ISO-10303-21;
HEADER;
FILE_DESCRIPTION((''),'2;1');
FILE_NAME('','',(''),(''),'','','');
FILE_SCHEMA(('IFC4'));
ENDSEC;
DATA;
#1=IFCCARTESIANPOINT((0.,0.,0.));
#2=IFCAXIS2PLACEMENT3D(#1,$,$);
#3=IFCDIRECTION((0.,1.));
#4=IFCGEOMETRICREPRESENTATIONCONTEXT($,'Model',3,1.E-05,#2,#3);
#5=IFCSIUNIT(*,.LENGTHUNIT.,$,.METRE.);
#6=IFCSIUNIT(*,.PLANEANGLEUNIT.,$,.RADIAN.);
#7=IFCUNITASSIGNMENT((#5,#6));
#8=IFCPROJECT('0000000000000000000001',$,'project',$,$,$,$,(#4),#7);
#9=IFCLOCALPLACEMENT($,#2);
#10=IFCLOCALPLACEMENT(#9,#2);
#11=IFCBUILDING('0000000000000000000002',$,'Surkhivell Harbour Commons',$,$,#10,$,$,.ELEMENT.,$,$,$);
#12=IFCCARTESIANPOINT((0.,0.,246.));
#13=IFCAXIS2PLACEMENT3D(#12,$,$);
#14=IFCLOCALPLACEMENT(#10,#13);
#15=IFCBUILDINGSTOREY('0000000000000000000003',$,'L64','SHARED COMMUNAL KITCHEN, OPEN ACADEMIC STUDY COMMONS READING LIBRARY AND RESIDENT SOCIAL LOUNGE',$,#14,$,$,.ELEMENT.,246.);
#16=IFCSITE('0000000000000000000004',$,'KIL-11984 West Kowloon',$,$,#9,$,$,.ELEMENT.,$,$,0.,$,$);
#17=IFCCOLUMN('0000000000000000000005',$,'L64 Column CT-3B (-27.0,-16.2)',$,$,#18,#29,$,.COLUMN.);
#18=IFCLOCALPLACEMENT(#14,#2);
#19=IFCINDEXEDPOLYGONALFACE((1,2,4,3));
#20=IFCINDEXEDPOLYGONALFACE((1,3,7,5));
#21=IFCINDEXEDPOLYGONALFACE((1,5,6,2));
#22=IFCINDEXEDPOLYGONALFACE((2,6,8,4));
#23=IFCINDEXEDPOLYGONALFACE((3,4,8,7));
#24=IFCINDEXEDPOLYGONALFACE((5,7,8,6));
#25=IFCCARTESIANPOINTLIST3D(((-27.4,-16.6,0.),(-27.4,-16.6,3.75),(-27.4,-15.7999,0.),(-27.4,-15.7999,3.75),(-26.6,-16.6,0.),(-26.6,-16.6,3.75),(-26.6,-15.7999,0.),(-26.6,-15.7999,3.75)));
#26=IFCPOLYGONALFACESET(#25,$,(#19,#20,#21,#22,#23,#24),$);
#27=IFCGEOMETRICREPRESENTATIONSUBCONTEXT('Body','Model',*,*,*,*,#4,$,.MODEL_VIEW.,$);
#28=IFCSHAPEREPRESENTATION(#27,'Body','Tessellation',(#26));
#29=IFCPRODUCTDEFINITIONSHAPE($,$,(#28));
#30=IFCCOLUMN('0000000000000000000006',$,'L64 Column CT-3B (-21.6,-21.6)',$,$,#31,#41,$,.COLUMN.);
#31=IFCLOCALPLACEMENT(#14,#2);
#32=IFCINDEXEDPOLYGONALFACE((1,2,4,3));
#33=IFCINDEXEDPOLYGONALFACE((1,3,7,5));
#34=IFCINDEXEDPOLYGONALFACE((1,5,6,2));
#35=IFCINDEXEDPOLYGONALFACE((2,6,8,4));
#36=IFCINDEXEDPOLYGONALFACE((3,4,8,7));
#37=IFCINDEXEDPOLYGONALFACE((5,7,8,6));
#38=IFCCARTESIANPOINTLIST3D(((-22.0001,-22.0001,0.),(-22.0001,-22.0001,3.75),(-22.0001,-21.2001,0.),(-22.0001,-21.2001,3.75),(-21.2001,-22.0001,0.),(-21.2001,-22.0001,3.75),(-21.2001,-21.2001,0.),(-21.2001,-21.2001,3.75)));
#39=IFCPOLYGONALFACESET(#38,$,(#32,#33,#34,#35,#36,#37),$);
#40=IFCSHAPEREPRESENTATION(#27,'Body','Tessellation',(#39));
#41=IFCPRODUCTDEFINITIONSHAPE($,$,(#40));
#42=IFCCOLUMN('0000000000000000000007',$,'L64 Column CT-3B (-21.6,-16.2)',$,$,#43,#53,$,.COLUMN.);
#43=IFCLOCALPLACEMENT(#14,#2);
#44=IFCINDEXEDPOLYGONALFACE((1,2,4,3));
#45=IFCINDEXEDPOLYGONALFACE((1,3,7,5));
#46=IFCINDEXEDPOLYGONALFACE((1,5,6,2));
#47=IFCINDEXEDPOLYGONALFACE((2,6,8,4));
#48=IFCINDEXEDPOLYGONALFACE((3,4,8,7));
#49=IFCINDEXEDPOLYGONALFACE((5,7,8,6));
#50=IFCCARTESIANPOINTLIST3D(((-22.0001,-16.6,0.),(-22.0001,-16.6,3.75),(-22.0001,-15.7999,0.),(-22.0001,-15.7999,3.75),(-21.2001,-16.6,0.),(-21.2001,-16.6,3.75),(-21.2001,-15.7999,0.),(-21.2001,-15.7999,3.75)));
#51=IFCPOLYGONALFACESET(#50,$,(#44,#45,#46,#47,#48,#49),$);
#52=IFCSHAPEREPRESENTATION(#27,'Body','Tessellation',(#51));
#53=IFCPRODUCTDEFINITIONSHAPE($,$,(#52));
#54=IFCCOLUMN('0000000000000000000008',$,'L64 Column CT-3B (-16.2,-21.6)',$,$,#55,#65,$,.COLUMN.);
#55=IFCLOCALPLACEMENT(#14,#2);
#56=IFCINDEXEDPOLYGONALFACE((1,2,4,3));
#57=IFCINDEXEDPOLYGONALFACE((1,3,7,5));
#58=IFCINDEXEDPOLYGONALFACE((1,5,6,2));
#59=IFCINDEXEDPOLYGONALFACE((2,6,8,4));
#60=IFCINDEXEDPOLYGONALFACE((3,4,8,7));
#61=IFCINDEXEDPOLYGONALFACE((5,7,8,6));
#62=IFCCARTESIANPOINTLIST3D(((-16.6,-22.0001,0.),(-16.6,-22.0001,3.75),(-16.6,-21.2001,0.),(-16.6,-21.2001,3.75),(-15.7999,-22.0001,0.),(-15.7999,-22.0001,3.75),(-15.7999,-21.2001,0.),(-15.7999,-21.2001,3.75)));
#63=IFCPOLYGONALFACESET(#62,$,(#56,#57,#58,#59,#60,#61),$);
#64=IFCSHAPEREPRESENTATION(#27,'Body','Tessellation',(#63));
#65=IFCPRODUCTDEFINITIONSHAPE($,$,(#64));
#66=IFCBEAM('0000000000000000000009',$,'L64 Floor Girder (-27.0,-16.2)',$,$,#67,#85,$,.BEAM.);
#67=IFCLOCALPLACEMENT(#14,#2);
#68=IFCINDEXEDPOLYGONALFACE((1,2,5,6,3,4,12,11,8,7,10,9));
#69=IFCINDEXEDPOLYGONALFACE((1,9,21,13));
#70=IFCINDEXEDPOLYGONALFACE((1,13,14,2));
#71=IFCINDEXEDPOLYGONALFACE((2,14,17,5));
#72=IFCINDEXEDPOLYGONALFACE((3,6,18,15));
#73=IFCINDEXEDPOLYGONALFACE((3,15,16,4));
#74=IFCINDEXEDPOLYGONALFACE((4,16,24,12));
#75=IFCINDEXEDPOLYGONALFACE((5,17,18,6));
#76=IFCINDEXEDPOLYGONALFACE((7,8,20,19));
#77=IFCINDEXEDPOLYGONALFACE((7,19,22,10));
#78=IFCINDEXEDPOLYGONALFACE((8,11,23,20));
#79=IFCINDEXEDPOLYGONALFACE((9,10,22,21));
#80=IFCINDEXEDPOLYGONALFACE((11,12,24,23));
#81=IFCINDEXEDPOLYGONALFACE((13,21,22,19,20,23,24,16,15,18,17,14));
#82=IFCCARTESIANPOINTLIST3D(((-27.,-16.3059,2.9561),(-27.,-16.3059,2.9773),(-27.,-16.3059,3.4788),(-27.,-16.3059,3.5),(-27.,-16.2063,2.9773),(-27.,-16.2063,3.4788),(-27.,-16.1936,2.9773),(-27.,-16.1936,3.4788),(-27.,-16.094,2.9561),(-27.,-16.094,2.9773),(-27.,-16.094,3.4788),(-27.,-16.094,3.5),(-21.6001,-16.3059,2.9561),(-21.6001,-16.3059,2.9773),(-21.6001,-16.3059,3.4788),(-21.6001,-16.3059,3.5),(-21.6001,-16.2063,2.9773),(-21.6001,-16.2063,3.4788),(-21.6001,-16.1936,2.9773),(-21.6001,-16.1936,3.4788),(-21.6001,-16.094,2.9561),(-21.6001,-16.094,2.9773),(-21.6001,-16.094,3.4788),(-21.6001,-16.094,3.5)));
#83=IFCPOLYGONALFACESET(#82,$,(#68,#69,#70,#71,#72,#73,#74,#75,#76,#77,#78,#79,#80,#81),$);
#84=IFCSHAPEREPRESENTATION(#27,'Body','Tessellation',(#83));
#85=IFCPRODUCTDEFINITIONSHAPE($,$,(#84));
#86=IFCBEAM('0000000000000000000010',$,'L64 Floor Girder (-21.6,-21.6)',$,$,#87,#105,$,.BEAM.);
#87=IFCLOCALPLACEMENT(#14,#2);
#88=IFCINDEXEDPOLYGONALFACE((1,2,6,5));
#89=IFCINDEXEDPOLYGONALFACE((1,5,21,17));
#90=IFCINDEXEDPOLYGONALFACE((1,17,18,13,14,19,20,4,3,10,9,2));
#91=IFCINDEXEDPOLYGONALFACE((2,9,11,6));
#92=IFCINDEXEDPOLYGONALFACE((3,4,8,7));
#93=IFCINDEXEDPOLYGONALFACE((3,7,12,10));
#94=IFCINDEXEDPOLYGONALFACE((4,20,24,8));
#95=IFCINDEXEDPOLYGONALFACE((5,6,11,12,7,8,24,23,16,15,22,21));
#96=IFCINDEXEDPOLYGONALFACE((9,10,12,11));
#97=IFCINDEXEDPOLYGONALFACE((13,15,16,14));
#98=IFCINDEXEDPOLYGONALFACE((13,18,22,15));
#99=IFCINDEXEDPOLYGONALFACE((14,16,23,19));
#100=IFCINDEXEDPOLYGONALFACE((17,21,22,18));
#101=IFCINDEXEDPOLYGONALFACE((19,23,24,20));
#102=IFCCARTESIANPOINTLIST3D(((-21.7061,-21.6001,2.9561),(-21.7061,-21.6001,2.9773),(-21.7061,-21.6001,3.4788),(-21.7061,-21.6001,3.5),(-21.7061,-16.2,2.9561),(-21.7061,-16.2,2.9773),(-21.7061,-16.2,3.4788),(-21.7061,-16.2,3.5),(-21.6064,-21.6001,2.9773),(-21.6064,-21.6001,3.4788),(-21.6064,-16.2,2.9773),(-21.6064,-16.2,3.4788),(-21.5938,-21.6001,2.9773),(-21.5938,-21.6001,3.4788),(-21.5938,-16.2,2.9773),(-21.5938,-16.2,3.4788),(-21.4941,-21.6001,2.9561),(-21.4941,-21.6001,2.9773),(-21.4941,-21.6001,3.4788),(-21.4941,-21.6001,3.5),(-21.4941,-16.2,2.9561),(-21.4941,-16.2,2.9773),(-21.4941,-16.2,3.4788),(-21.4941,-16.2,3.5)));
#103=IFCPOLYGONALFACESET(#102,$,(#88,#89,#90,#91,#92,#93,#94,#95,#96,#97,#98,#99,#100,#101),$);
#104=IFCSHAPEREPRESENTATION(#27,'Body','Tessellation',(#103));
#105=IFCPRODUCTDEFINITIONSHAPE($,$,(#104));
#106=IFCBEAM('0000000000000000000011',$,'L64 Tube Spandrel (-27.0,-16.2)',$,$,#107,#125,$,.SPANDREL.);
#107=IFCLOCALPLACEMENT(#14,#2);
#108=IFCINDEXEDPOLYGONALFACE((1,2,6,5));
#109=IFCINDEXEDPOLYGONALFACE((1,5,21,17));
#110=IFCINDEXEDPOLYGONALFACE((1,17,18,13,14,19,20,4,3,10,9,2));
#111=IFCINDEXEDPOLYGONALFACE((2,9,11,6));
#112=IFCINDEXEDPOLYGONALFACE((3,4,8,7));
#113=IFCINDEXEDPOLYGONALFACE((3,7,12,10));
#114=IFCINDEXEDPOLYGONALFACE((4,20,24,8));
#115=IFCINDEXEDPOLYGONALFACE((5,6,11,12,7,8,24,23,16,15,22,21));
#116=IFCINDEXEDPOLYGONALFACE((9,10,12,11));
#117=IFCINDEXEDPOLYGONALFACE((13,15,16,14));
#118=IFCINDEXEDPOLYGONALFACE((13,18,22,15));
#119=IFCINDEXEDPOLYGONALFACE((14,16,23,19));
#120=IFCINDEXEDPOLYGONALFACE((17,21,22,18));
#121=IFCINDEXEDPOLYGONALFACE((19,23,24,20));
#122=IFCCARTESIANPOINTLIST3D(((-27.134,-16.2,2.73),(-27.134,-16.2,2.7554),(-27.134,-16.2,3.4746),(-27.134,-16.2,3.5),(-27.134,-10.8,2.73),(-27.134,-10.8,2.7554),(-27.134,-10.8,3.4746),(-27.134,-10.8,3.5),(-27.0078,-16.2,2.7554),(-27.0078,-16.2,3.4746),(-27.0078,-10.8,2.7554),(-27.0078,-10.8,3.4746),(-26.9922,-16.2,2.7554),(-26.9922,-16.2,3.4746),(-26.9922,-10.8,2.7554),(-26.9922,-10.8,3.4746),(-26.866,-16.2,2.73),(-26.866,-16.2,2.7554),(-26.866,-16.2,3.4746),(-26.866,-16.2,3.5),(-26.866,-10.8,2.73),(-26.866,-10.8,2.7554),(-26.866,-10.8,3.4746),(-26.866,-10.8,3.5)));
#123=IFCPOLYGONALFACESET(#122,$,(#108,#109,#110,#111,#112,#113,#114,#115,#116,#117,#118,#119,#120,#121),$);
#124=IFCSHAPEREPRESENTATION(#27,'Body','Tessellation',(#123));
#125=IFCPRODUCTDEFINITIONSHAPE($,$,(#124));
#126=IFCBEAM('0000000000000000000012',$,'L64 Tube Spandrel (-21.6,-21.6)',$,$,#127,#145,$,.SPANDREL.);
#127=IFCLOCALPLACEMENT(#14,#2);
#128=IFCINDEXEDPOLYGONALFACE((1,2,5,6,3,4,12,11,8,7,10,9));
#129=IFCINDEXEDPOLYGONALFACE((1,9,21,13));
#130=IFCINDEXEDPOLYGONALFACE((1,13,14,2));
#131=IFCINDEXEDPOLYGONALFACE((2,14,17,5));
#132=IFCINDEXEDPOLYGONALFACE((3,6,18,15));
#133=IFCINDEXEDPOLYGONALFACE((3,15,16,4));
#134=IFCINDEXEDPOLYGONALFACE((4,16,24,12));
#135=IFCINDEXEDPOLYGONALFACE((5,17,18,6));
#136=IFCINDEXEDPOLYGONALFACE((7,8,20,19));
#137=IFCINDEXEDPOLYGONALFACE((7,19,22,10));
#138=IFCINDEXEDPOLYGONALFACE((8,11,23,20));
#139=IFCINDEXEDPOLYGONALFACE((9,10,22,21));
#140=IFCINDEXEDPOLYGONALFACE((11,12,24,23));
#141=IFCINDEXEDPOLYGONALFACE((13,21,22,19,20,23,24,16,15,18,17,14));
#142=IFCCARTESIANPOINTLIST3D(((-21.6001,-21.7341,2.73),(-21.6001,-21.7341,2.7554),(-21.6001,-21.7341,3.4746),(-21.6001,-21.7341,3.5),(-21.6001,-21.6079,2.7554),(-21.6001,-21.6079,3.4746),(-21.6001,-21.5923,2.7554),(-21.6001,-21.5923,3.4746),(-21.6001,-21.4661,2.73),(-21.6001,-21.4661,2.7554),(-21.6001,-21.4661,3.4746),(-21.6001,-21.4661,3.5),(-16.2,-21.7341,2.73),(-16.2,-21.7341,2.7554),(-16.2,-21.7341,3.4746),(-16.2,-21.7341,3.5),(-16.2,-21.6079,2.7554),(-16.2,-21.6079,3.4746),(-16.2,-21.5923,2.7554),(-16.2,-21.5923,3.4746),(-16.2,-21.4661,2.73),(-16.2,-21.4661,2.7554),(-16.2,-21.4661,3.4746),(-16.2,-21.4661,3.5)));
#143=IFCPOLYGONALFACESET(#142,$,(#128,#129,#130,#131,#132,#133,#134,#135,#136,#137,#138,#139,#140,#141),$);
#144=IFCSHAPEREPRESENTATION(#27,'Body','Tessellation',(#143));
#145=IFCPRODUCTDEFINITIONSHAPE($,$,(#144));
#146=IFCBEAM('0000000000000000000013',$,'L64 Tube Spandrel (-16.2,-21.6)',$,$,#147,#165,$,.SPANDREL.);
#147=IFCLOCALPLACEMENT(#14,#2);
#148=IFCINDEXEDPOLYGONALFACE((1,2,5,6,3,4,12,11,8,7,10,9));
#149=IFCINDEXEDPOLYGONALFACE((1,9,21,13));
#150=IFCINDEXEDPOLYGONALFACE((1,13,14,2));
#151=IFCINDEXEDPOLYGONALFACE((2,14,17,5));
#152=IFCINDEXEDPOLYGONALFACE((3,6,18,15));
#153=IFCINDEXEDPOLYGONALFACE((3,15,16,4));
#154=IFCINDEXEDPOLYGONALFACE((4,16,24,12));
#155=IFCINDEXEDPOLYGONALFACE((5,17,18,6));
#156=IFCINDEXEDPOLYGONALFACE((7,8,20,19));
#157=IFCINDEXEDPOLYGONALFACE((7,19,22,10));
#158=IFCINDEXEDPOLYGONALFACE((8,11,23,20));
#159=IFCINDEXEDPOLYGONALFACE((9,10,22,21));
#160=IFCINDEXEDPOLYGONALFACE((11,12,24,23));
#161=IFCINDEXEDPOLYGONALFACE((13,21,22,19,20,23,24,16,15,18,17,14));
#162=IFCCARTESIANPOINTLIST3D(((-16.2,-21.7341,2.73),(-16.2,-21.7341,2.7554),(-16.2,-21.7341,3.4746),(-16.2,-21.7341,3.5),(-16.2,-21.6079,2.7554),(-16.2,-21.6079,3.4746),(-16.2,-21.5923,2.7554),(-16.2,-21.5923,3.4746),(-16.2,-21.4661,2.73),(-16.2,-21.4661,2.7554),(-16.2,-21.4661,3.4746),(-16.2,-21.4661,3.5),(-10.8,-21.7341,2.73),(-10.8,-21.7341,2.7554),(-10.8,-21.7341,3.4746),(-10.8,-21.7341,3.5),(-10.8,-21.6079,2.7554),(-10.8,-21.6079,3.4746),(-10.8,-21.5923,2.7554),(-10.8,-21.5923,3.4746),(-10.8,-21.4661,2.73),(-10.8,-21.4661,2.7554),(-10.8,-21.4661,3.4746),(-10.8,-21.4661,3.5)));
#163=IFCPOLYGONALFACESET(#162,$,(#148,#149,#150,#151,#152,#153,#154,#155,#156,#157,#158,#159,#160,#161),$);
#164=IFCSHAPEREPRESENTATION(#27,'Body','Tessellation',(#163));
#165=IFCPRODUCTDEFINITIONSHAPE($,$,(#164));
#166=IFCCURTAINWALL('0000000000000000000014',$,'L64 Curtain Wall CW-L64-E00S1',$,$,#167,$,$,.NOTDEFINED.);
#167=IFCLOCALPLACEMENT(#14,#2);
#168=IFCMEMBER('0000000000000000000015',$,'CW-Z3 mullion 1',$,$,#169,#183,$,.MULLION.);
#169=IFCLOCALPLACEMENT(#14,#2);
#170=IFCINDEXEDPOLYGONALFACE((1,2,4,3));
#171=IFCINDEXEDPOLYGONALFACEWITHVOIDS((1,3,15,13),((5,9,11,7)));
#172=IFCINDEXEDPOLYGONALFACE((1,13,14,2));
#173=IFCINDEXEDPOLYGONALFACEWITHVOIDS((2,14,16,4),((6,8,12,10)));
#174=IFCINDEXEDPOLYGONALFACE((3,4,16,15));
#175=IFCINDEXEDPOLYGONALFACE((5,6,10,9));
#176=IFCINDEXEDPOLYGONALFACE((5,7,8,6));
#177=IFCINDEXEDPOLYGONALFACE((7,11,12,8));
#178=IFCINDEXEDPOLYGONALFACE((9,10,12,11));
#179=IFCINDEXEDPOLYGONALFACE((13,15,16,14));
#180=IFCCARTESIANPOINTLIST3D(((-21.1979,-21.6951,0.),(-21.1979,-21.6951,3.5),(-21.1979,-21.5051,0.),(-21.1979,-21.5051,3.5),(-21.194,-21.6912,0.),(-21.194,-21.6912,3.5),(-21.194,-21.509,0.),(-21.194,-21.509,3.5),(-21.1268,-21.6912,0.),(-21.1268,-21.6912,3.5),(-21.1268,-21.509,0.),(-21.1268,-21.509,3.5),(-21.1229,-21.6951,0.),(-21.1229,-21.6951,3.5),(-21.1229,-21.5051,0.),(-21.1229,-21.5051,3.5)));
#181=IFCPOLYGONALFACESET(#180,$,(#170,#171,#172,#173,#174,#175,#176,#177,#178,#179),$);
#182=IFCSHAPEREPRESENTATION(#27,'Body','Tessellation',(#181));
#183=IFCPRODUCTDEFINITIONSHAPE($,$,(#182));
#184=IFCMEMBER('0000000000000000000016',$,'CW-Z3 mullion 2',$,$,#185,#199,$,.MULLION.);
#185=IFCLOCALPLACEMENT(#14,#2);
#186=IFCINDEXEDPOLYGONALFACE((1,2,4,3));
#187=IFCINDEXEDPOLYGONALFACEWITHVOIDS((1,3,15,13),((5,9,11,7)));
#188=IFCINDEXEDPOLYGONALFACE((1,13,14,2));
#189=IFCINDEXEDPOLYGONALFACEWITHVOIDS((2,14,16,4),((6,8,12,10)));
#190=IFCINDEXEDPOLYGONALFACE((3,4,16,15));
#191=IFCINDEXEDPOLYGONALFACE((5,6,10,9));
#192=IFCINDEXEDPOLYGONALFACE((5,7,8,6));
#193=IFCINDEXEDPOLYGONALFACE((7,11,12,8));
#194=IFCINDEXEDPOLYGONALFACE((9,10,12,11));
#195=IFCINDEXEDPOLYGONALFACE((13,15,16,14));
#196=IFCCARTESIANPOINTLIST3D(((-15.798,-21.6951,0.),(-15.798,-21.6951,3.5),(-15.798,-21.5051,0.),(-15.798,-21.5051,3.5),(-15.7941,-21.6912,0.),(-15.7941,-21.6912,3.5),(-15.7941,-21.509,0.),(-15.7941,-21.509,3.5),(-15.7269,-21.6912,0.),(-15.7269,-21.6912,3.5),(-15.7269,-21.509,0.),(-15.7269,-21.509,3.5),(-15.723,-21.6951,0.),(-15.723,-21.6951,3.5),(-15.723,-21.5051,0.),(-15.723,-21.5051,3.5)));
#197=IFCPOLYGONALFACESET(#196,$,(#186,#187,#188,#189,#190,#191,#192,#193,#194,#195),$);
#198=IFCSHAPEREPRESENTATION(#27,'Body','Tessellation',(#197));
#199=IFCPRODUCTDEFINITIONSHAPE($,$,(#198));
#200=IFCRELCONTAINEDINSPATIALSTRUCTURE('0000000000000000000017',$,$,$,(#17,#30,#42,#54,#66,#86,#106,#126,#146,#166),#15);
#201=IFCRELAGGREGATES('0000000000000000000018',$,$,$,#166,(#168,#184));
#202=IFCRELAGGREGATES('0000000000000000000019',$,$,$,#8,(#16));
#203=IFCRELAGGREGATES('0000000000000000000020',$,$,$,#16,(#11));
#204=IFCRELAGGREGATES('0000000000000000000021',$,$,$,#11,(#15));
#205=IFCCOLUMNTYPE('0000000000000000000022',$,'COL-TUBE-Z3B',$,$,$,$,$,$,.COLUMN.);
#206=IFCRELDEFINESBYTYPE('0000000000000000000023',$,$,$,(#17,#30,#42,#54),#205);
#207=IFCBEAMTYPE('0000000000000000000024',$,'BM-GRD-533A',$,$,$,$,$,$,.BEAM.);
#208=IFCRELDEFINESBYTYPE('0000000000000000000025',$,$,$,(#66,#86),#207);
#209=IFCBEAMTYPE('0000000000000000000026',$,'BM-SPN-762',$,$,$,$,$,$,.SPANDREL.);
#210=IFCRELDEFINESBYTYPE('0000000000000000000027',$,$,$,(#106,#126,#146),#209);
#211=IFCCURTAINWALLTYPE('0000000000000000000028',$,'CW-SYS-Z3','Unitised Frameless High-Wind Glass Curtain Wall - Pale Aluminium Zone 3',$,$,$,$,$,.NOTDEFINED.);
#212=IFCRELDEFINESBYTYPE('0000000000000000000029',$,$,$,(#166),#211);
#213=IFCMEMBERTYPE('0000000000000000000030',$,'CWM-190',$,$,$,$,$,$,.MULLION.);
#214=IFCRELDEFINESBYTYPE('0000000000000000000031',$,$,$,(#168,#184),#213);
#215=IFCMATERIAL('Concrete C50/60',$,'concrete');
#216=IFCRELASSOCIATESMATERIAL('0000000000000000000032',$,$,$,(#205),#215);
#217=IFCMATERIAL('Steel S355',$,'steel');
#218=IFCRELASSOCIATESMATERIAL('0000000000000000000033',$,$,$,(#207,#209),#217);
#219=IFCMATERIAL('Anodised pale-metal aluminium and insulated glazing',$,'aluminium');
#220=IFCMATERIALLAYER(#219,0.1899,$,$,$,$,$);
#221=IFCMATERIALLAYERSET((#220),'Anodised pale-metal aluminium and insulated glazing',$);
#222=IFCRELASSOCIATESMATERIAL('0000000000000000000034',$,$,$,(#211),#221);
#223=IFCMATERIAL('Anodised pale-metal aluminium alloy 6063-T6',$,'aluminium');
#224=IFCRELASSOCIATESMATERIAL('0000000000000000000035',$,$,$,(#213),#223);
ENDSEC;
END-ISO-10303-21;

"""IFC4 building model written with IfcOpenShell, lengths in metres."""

from ifc_helpers import new_model, si_unit, direction, frame, origin, origin_2d, place, context, subcontext, project, spatial, rectangle, hollow_rectangle, i_section, extrude, material, layer, layer_set, material_profile, profile_set, type_object, element, aggregate, save


model = new_model("IFC4")

# Units and contexts
model_context = context("Model", 3, precision=1e-05, world=origin(), true_north=direction((0.0, 1.0)))
body_context = subcontext(model_context, "Body", "Model", "MODEL_VIEW")
ifc_project = project(units=[si_unit("LENGTHUNIT", "METRE"), si_unit("PLANEANGLEUNIT", "RADIAN")], contexts=[model_context])

# Site, building, storey
site_placement = place(None, origin())
site = spatial("IfcSite", under=ifc_project, at=site_placement, Name="KIL-11984 West Kowloon", CompositionType="ELEMENT", RefElevation=0.0)
building_placement = place(site_placement, origin())
building = spatial("IfcBuilding", under=site, at=building_placement, Name="Surkhivell Harbour Commons", CompositionType="ELEMENT")
storey_placement = place(building_placement, frame((0.0, 0.0, 246.0)))
storey = spatial("IfcBuildingStorey", under=building, at=storey_placement, Name="L64", Description="SHARED COMMUNAL KITCHEN, OPEN ACADEMIC STUDY COMMONS READING LIBRARY AND RESIDENT SOCIAL LOUNGE", CompositionType="ELEMENT", Elevation=246.0)

# Columns
ifc_material_1 = material(Name="Concrete C50/60", Category="concrete")
ifc_material_profile_1 = material_profile(ifc_material_1, rectangle(XDim=0.8, YDim=0.8, at=origin_2d()), Name="RC-COL-800x800")
ifc_profile_set_1 = profile_set([ifc_material_profile_1], Name="Concrete C50/60")
column_type = type_object("IfcColumnType", Name="COL-TUBE-Z3B", PredefinedType="COLUMN", material=ifc_profile_set_1)
for number, where, z_axis, x_axis, name in (
    (1, (-27.0, -16.2, 0.0), (0.0, 0.0, 1.0), (1.0, 0.0, 0.0), "L64 Column CT-3B (-27.0,-16.2)"),
    (2, (-21.6001, -21.6001, 0.0), (0.0, 0.0, 1.0), (1.0, 0.0, 0.0), "L64 Column CT-3B (-21.6,-21.6)"),
    (3, (-21.6001, -16.2, 0.0), (0.0, 0.0, 1.0), (1.0, 0.0, 0.0), "L64 Column CT-3B (-21.6,-16.2)"),
    (4, (-16.2, -21.6001, 0.0), (0.0, 0.0, 1.0), (1.0, 0.0, 0.0), "L64 Column CT-3B (-16.2,-21.6)"),
):
    element("IfcColumn", number, at=place(storey_placement, frame(where, z_axis=z_axis, x_axis=x_axis)), inside=storey, type_object=column_type, Name=name, PredefinedType="COLUMN", context=body_context, shape_type="SweptSolid", body=[
        extrude(rectangle(XDim=0.8, YDim=0.8, at=origin_2d()), origin(), (0.0, 0.0, 1.0), 3.75),
    ])

# Beams
ifc_material_2 = material(Name="Steel S355", Category="steel")
ifc_material_profile_2 = material_profile(ifc_material_2, i_section(OverallWidth=0.2119, OverallDepth=0.5439, WebThickness=0.0127, FlangeThickness=0.0212, at=origin_2d()), Name="UB533x210x122")
ifc_profile_set_2 = profile_set([ifc_material_profile_2], Name="Steel S355")
beam_type_1 = type_object("IfcBeamType", Name="BM-GRD-533A", PredefinedType="BEAM", material=ifc_profile_set_2)
beam_1_placement = place(storey_placement, frame((-27.0, -16.2, 3.228), z_axis=(1.0, 0.0, 0.0), x_axis=(0.0, 1.0, 0.0)))
element("IfcBeam", 5, at=beam_1_placement, inside=storey, type_object=beam_type_1, Name="L64 Floor Girder (-27.0,-16.2)", PredefinedType="BEAM", context=body_context, shape_type="SweptSolid", body=[
    extrude(i_section(OverallWidth=0.2119, OverallDepth=0.5439, WebThickness=0.0127, FlangeThickness=0.0212, at=origin_2d()), origin(), (0.0, 0.0, 1.0), 5.3999),
])
beam_2_placement = place(storey_placement, frame((-21.6001, -21.6001, 3.228), z_axis=(0.0, 1.0, 0.0), x_axis=(-1.0, 0.0, 0.0)))
element("IfcBeam", 6, at=beam_2_placement, inside=storey, type_object=beam_type_1, Name="L64 Floor Girder (-21.6,-21.6)", PredefinedType="BEAM", context=body_context, shape_type="SweptSolid", body=[
    extrude(i_section(OverallWidth=0.2119, OverallDepth=0.5439, WebThickness=0.0127, FlangeThickness=0.0212, at=origin_2d()), origin(), (0.0, 0.0, 1.0), 5.4001),
])
ifc_material_profile_3 = material_profile(ifc_material_2, i_section(OverallWidth=0.2681, OverallDepth=0.77, WebThickness=0.0156, FlangeThickness=0.0254, at=origin_2d()), Name="UB762x267x197")
ifc_profile_set_3 = profile_set([ifc_material_profile_3], Name="Steel S355")
beam_type_2 = type_object("IfcBeamType", Name="BM-SPN-762", PredefinedType="SPANDREL", material=ifc_profile_set_3)
beam_3_placement = place(storey_placement, frame((-27.0, -16.2, 3.115), z_axis=(0.0, 1.0, 0.0), x_axis=(-1.0, 0.0, 0.0)))
element("IfcBeam", 7, at=beam_3_placement, inside=storey, type_object=beam_type_2, Name="L64 Tube Spandrel (-27.0,-16.2)", PredefinedType="SPANDREL", context=body_context, shape_type="SweptSolid", body=[
    extrude(i_section(OverallWidth=0.2681, OverallDepth=0.77, WebThickness=0.0156, FlangeThickness=0.0254, at=origin_2d()), origin(), (0.0, 0.0, 1.0), 5.3999),
])
beam_4_placement = place(storey_placement, frame((-21.6001, -21.6001, 3.115), z_axis=(1.0, 0.0, 0.0), x_axis=(0.0, 1.0, 0.0)))
element("IfcBeam", 8, at=beam_4_placement, inside=storey, type_object=beam_type_2, Name="L64 Tube Spandrel (-21.6,-21.6)", PredefinedType="SPANDREL", context=body_context, shape_type="SweptSolid", body=[
    extrude(i_section(OverallWidth=0.2681, OverallDepth=0.77, WebThickness=0.0156, FlangeThickness=0.0254, at=origin_2d()), origin(), (0.0, 0.0, 1.0), 5.4001),
])
beam_5_placement = place(storey_placement, frame((-16.2, -21.6001, 3.115), z_axis=(1.0, 0.0, 0.0), x_axis=(0.0, 1.0, 0.0)))
element("IfcBeam", 9, at=beam_5_placement, inside=storey, type_object=beam_type_2, Name="L64 Tube Spandrel (-16.2,-21.6)", PredefinedType="SPANDREL", context=body_context, shape_type="SweptSolid", body=[
    extrude(i_section(OverallWidth=0.2681, OverallDepth=0.77, WebThickness=0.0156, FlangeThickness=0.0254, at=origin_2d()), origin(), (0.0, 0.0, 1.0), 5.3999),
])

# Curtain wall, members
ifc_material_3 = material(Name="Anodised pale-metal aluminium and insulated glazing", Category="aluminium")
ifc_layer_1 = layer(ifc_material_3, 0.1899)
ifc_layer_set_1 = layer_set([ifc_layer_1], Name="Anodised pale-metal aluminium and insulated glazing")
curtain_wall_type = type_object("IfcCurtainWallType", Name="CW-SYS-Z3", Description="Unitised Frameless High-Wind Glass Curtain Wall - Pale Aluminium Zone 3", PredefinedType="NOTDEFINED", material=ifc_layer_set_1)
curtain_wall_placement = place(storey_placement, origin())
curtain_wall = element("IfcCurtainWall", 10, at=curtain_wall_placement, inside=storey, type_object=curtain_wall_type, Name="L64 Curtain Wall CW-L64-E00S1", PredefinedType="NOTDEFINED")
ifc_material_4 = material(Name="Anodised pale-metal aluminium alloy 6063-T6", Category="aluminium")
ifc_material_profile_4 = material_profile(ifc_material_4, hollow_rectangle(XDim=0.075, YDim=0.1899, WallThickness=0.0039, at=origin_2d()), Name="ALU-MULL-75x190")
ifc_profile_set_4 = profile_set([ifc_material_profile_4], Name="Anodised pale-metal aluminium alloy 6063-T6")
member_type_1 = type_object("IfcMemberType", Name="CWM-190", PredefinedType="MULLION", material=ifc_profile_set_4)
member_1_placement = place(storey_placement, frame((-21.1604, -21.6001, 0.0), z_axis=(0.0, 0.0, 1.0), x_axis=(1.0, 0.0, 0.0)))
member_1 = element("IfcMember", 11, at=member_1_placement, type_object=member_type_1, Name="CW-Z3 mullion 1", PredefinedType="MULLION", context=body_context, shape_type="SweptSolid", body=[
    extrude(hollow_rectangle(XDim=0.075, YDim=0.1899, WallThickness=0.0039, at=origin_2d()), origin(), (0.0, 0.0, 1.0), 3.5),
])
member_2_placement = place(storey_placement, frame((-15.7605, -21.6001, 0.0), z_axis=(0.0, 0.0, 1.0), x_axis=(1.0, 0.0, 0.0)))
member_2 = element("IfcMember", 12, at=member_2_placement, type_object=member_type_1, Name="CW-Z3 mullion 2", PredefinedType="MULLION", context=body_context, shape_type="SweptSolid", body=[
    extrude(hollow_rectangle(XDim=0.075, YDim=0.1899, WallThickness=0.0039, at=origin_2d()), origin(), (0.0, 0.0, 1.0), 3.5),
])

aggregate(curtain_wall, [member_1, member_2])

save(model, "model.ifc")
